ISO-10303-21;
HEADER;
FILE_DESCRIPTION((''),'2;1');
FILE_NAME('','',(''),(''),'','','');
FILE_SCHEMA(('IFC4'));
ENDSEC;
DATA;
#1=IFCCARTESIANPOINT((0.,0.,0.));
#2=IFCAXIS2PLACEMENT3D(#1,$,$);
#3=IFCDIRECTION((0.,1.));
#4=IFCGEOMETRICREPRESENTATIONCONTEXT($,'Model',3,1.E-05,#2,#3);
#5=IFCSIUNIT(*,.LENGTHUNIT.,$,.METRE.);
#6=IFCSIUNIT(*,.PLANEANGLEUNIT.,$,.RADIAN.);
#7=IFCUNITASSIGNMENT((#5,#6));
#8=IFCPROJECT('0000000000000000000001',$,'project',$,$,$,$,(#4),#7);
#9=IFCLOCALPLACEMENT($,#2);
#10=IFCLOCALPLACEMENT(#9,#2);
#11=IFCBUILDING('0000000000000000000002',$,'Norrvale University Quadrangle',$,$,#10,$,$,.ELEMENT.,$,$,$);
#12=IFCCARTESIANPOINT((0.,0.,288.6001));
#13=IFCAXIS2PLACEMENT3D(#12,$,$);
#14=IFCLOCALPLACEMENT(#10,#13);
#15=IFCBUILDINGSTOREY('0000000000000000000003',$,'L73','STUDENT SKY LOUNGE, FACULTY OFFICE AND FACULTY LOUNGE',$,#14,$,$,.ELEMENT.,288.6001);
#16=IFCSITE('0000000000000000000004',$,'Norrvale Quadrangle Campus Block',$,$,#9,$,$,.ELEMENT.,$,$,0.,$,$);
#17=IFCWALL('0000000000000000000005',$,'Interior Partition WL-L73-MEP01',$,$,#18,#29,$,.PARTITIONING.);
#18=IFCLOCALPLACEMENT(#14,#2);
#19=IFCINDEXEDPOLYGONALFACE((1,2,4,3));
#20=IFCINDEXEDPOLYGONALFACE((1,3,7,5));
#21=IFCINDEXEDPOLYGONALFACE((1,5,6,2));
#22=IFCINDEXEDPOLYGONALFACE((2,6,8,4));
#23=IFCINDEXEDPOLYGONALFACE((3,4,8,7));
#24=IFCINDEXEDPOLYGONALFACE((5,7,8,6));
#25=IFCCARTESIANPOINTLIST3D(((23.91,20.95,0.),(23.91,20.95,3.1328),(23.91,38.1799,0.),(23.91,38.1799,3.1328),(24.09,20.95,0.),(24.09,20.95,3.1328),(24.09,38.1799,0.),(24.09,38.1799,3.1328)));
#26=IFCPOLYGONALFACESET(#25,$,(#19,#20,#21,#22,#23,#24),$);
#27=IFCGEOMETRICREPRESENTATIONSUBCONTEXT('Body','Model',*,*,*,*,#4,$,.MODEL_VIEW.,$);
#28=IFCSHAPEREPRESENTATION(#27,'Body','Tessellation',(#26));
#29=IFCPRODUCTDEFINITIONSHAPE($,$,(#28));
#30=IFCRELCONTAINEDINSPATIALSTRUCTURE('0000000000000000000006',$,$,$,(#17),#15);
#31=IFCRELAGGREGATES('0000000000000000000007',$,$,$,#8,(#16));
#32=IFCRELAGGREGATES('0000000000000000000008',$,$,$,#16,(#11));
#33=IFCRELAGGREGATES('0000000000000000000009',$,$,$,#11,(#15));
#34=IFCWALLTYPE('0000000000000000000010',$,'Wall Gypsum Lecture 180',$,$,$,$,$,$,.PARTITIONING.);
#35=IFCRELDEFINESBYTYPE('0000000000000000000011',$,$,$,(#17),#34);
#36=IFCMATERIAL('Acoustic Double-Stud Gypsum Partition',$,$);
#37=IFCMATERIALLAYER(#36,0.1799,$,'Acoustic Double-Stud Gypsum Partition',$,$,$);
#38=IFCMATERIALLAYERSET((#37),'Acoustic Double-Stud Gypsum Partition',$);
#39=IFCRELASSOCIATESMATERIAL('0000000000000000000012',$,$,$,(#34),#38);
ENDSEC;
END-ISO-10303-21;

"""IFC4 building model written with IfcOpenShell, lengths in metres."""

from ifc_helpers import new_model, si_unit, direction, frame, frame_2d, origin, place, context, subcontext, project, spatial, rectangle, extrude, material, layer, layer_set, type_object, element, save


model = new_model("IFC4")

# Units and contexts
model_context = context("Model", 3, precision=1e-05, world=origin(), true_north=direction((0.0, 1.0)))
body_context = subcontext(model_context, "Body", "Model", "MODEL_VIEW")
ifc_project = project(units=[si_unit("LENGTHUNIT", "METRE"), si_unit("PLANEANGLEUNIT", "RADIAN")], contexts=[model_context])

# Site, building, storey
site_placement = place(None, origin())
site = spatial("IfcSite", under=ifc_project, at=site_placement, Name="Norrvale Quadrangle Campus Block", CompositionType="ELEMENT", RefElevation=0.0)
building_placement = place(site_placement, origin())
building = spatial("IfcBuilding", under=site, at=building_placement, Name="Norrvale University Quadrangle", CompositionType="ELEMENT")
storey_placement = place(building_placement, frame((0.0, 0.0, 288.6001)))
storey = spatial("IfcBuildingStorey", under=building, at=storey_placement, Name="L73", Description="STUDENT SKY LOUNGE, FACULTY OFFICE AND FACULTY LOUNGE", CompositionType="ELEMENT", Elevation=288.6001)

# Wall
ifc_material_1 = material(Name="Acoustic Double-Stud Gypsum Partition")
ifc_layer_1 = layer(ifc_material_1, 0.1799, Name="Acoustic Double-Stud Gypsum Partition")
ifc_layer_set_1 = layer_set([ifc_layer_1], Name="Acoustic Double-Stud Gypsum Partition")
wall_type_1 = type_object("IfcWallType", Name="Wall Gypsum Lecture 180", PredefinedType="PARTITIONING", material=ifc_layer_set_1)
wall_1_placement = place(storey_placement, frame((24.0, 20.95, 0.0), z_axis=(0.0, 0.0, 1.0), x_axis=(0.0, 1.0, 0.0)))
element("IfcWall", 1, at=wall_1_placement, inside=storey, type_object=wall_type_1, Name="Interior Partition WL-L73-MEP01", PredefinedType="PARTITIONING", context=body_context, shape_type="SweptSolid", body=[
    extrude(rectangle(XDim=17.23, YDim=0.1799, at=frame_2d((8.615, 0.0))), origin(), (0.0, 0.0, 1.0), 3.1328),
])

save(model, "model.ifc")
